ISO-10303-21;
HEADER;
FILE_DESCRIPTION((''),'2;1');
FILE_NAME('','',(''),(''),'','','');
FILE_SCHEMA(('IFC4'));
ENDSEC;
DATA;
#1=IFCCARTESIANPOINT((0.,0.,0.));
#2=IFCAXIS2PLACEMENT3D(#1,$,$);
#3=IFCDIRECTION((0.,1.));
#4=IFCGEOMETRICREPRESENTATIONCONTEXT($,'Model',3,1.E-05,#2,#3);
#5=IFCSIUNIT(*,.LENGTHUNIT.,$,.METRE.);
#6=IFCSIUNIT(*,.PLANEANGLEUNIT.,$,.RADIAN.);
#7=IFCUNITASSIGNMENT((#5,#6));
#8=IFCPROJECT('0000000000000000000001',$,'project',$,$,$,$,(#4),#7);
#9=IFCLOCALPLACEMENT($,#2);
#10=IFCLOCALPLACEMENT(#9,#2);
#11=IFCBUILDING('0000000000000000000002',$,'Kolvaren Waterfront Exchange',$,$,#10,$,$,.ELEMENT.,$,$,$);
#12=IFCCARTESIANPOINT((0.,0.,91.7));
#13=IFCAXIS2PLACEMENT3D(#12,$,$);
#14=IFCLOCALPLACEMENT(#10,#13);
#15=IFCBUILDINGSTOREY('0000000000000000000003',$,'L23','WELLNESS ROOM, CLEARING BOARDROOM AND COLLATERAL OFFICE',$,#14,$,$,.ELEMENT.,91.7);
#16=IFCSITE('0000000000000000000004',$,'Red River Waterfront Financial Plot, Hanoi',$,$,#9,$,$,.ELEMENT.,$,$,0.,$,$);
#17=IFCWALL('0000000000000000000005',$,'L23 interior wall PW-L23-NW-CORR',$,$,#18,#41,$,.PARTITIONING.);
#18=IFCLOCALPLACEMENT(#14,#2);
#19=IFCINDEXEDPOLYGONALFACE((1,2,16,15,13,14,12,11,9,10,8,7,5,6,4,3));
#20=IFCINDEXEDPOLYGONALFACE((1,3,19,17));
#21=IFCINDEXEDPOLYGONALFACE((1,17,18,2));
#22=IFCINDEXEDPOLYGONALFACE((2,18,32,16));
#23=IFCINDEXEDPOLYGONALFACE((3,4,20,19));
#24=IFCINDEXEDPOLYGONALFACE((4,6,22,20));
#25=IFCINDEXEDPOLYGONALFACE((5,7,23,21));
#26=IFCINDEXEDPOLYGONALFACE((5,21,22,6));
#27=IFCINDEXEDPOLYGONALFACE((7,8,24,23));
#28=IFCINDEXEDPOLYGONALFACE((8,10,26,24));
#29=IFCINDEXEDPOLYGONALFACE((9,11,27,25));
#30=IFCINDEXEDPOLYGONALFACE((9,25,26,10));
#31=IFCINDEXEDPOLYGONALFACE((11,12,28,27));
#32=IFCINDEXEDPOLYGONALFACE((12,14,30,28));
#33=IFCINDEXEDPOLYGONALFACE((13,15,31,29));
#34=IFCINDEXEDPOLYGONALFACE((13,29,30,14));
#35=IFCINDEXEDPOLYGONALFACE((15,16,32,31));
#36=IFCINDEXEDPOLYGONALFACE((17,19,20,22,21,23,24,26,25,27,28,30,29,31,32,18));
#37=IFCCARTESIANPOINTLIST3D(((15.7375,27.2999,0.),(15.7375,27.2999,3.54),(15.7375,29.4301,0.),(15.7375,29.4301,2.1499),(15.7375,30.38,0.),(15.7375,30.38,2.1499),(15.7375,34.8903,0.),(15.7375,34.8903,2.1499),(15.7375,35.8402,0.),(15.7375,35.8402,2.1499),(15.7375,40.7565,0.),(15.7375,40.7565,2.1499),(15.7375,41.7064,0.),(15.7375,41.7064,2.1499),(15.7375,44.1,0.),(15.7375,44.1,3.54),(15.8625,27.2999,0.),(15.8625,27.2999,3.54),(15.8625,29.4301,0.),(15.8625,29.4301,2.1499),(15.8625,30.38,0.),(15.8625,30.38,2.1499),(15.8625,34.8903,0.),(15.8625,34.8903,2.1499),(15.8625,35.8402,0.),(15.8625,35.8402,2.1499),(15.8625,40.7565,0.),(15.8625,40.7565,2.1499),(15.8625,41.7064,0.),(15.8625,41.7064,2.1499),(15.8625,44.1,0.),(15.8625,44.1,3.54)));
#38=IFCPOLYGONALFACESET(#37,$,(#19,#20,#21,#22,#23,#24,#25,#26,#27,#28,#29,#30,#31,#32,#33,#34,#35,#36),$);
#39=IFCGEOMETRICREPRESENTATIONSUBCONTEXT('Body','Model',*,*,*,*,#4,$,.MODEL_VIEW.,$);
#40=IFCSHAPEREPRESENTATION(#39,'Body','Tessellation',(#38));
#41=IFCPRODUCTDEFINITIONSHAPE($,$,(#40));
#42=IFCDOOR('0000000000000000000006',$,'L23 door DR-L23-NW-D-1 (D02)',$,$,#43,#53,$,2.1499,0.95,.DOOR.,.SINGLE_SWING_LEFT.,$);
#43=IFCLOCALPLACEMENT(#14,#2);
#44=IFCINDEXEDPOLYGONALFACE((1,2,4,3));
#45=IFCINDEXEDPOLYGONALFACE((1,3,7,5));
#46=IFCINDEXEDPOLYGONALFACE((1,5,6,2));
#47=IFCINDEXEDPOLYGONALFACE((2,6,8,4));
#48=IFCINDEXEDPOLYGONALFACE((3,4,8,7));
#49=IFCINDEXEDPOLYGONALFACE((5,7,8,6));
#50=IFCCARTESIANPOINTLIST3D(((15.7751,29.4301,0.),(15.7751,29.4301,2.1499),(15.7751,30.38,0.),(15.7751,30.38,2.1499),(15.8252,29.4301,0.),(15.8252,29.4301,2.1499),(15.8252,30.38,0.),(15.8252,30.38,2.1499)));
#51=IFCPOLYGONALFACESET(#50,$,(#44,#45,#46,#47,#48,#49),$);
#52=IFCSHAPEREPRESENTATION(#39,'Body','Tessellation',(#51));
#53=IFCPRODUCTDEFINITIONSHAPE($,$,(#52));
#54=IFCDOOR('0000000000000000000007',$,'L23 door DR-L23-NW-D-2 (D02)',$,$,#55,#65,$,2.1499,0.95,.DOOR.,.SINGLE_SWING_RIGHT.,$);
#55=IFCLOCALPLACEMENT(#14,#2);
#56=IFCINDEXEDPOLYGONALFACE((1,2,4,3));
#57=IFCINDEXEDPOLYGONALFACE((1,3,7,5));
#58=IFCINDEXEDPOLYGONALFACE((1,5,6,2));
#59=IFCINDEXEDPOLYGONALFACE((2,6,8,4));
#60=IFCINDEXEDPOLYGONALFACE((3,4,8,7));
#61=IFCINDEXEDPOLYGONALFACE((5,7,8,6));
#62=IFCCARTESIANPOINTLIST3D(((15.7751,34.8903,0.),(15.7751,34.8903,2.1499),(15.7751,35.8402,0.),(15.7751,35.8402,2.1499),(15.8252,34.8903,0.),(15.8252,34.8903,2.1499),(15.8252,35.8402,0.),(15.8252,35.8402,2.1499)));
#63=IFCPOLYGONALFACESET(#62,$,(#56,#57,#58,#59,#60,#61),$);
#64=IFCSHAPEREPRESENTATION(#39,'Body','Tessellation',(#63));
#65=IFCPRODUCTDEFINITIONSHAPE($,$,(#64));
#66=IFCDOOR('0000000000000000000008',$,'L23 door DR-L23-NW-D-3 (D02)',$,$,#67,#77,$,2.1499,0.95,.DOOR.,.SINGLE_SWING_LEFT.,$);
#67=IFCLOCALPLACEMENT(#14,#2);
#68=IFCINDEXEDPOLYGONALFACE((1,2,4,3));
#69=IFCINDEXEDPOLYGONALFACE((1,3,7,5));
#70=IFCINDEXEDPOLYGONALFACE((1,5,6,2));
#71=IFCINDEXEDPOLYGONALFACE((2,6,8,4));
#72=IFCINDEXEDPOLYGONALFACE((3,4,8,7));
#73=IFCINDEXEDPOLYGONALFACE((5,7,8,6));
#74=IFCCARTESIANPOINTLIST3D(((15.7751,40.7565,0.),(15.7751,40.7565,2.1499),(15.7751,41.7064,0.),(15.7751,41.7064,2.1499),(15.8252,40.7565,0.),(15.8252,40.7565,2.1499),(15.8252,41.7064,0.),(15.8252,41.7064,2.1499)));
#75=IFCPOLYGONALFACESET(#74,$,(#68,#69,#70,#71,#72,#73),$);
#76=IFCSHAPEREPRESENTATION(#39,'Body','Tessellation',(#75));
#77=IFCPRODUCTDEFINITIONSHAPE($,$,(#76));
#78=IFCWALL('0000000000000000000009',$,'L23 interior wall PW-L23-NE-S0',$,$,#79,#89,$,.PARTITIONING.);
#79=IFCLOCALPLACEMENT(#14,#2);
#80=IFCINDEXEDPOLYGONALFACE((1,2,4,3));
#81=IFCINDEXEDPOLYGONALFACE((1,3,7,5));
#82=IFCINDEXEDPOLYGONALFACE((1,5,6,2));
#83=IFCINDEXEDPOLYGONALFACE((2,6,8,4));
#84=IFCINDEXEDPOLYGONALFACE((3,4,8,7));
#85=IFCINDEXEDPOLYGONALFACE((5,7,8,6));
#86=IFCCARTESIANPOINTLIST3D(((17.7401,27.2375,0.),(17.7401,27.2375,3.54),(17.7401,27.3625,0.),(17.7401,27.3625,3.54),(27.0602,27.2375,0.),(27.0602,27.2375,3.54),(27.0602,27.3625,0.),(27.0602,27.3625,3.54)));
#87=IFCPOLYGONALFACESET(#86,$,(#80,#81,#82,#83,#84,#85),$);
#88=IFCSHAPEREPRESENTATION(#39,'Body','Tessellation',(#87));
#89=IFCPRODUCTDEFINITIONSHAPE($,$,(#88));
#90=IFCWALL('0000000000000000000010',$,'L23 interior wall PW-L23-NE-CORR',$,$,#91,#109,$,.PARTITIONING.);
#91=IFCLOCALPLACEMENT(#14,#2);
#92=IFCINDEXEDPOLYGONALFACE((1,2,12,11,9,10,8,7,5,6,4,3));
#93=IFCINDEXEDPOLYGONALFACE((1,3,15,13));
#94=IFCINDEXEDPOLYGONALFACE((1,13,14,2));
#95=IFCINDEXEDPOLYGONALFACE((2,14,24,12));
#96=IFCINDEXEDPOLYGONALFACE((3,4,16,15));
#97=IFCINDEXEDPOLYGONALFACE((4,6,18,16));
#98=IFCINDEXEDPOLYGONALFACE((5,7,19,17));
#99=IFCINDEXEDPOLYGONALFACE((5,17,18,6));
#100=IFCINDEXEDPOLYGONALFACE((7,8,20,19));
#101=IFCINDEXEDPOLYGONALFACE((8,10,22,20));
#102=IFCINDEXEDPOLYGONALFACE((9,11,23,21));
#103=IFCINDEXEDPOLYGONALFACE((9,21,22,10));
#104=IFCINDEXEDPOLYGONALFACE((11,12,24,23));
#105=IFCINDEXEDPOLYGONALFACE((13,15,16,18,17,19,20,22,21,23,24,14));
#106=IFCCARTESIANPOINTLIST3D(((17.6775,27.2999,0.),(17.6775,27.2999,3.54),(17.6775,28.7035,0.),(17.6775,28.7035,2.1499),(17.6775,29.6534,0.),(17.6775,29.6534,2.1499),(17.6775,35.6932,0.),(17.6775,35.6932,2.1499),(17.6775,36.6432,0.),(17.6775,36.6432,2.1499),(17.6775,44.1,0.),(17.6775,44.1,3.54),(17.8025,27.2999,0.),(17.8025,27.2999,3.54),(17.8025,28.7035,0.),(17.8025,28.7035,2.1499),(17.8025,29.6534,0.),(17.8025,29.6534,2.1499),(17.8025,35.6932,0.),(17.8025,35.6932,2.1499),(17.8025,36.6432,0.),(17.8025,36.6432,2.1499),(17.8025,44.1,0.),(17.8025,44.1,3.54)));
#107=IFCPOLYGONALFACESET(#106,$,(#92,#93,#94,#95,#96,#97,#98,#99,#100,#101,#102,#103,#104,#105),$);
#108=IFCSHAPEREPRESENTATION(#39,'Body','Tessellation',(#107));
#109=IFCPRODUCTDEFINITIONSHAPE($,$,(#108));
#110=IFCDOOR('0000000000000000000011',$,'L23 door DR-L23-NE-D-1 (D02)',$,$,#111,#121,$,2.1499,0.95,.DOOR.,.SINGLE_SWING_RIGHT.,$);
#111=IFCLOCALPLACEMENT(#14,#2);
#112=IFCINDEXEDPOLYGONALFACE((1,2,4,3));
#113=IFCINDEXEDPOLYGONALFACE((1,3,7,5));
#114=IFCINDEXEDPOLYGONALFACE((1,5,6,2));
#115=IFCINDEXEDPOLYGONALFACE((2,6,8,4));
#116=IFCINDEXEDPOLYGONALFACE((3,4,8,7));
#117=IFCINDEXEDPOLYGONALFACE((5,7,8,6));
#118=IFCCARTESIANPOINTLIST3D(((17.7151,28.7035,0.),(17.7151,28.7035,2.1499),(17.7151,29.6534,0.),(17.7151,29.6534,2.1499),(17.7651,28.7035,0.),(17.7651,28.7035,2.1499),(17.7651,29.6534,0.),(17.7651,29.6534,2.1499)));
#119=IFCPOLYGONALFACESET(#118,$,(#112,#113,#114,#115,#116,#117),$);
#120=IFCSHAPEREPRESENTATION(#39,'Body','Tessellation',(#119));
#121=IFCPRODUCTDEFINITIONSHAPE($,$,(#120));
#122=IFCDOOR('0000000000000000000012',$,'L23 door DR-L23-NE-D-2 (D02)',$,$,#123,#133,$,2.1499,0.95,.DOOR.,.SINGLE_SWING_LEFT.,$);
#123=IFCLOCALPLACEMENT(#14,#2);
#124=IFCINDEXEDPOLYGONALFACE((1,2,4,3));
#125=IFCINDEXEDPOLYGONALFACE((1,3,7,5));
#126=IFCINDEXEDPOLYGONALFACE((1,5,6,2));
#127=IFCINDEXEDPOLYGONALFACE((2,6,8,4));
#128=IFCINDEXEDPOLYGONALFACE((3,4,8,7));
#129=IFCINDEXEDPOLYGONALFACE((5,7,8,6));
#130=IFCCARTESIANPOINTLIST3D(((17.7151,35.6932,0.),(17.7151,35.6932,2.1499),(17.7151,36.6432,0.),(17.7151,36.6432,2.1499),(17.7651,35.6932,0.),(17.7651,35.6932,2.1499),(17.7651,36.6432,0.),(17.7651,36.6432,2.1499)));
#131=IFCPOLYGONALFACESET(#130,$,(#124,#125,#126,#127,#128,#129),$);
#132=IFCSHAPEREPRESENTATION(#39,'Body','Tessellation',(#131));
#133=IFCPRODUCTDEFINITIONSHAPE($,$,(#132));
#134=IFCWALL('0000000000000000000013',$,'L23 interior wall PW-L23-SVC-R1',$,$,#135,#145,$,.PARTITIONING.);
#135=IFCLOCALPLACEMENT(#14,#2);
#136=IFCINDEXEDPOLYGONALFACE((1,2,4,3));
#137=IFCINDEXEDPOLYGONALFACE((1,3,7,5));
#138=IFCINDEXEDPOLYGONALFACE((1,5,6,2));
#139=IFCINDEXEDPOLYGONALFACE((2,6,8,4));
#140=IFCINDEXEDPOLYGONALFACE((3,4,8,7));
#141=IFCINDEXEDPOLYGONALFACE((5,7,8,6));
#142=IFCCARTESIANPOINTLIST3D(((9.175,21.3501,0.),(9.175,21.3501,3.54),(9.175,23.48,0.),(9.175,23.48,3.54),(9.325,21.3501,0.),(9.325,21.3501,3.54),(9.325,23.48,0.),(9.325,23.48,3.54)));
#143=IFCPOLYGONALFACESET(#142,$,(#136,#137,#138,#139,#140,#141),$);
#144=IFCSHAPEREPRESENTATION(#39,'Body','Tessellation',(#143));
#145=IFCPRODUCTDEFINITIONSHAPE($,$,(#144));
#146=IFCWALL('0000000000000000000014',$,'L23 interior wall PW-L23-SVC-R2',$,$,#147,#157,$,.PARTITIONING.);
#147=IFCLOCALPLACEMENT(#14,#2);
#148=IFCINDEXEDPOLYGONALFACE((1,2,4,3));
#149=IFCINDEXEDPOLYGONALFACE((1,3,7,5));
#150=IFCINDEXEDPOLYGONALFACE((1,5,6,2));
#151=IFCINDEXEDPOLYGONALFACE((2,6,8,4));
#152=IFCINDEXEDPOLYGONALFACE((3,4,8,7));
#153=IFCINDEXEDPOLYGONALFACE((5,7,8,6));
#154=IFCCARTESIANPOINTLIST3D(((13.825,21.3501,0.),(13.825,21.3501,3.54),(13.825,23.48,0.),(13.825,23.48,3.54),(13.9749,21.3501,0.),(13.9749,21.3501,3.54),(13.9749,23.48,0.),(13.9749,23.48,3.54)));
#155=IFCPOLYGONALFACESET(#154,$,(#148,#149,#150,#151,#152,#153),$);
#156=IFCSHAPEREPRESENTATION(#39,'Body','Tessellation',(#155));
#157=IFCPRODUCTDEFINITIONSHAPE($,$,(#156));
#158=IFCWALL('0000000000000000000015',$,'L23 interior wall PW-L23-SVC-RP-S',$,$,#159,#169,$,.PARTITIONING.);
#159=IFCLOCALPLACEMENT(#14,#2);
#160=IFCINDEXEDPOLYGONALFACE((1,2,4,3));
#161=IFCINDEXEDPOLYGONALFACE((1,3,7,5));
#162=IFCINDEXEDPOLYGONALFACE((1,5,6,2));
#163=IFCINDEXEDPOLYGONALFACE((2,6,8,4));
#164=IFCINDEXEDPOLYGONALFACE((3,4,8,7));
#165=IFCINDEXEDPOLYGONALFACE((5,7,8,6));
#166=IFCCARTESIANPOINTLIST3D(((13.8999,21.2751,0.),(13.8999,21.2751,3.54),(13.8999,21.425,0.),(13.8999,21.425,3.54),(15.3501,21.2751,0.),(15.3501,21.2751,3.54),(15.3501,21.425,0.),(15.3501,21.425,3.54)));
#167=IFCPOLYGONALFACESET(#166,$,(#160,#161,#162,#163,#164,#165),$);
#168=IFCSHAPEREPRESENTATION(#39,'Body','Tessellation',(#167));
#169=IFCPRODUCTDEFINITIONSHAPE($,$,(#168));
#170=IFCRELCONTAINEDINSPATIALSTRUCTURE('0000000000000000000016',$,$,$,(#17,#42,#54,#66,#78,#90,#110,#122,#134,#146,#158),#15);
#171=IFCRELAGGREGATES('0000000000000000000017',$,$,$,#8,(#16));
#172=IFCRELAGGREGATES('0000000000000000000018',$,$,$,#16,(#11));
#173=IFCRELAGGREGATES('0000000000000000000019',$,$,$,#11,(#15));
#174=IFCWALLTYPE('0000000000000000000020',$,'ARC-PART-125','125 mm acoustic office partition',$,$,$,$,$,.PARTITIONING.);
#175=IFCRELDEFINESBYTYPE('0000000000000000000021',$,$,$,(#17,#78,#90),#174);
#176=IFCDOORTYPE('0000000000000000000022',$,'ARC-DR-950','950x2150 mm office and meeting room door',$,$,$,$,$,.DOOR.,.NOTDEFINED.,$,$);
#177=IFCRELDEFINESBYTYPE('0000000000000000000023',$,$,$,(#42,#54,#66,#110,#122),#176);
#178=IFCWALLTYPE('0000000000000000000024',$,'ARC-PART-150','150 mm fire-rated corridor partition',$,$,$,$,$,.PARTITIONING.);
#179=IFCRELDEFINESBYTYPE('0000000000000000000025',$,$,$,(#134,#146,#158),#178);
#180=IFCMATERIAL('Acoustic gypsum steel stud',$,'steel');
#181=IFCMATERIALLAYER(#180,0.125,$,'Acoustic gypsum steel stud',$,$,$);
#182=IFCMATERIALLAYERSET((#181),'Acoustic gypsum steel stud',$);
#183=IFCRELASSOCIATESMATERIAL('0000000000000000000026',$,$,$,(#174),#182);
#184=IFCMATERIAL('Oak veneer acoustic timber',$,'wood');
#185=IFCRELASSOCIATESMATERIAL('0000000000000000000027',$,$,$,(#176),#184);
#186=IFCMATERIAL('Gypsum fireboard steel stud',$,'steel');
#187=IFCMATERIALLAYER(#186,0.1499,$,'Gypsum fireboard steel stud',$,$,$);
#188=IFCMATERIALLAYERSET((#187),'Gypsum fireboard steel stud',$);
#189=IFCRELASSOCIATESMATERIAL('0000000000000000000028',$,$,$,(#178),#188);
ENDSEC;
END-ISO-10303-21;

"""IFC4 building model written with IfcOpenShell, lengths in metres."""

from ifc_helpers import new_model, si_unit, direction, frame, frame_2d, origin, place, context, subcontext, project, spatial, rectangle, extrude, material, layer, layer_set, type_object, element, fill, save


model = new_model("IFC4")

# Units and contexts
model_context = context("Model", 3, precision=1e-05, world=origin(), true_north=direction((0.0, 1.0)))
body_context = subcontext(model_context, "Body", "Model", "MODEL_VIEW")
ifc_project = project(units=[si_unit("LENGTHUNIT", "METRE"), si_unit("PLANEANGLEUNIT", "RADIAN")], contexts=[model_context])

# Site, building, storey
site_placement = place(None, origin())
site = spatial("IfcSite", under=ifc_project, at=site_placement, Name="Red River Waterfront Financial Plot, Hanoi", CompositionType="ELEMENT", RefElevation=0.0)
building_placement = place(site_placement, origin())
building = spatial("IfcBuilding", under=site, at=building_placement, Name="Kolvaren Waterfront Exchange", CompositionType="ELEMENT")
storey_placement = place(building_placement, frame((0.0, 0.0, 91.7)))
storey = spatial("IfcBuildingStorey", under=building, at=storey_placement, Name="L23", Description="WELLNESS ROOM, CLEARING BOARDROOM AND COLLATERAL OFFICE", CompositionType="ELEMENT", Elevation=91.7)

# Shared definitions
ifc_material_1 = material(Name="Acoustic gypsum steel stud", Category="steel")
ifc_layer_1 = layer(ifc_material_1, 0.125, Name="Acoustic gypsum steel stud")
ifc_layer_set_1 = layer_set([ifc_layer_1], Name="Acoustic gypsum steel stud")
wall_type_1 = type_object("IfcWallType", Name="ARC-PART-125", Description="125 mm acoustic office partition", PredefinedType="PARTITIONING", material=ifc_layer_set_1)
ifc_material_2 = material(Name="Oak veneer acoustic timber", Category="wood")
door_type = type_object("IfcDoorType", Name="ARC-DR-950", Description="950x2150 mm office and meeting room door", OperationType="NOTDEFINED", PredefinedType="DOOR", material=ifc_material_2)

# Wall, openings, doors
wall_1_placement = place(storey_placement, frame((15.8, 27.3, 0.0), z_axis=(0.0, 0.0, 1.0), x_axis=(0.0, 1.0, 0.0)))
wall_1 = element("IfcWall", 1, at=wall_1_placement, inside=storey, type_object=wall_type_1, Name="L23 interior wall PW-L23-NW-CORR", PredefinedType="PARTITIONING", context=body_context, shape_type="SweptSolid", body=[
    extrude(rectangle(XDim=16.8, YDim=0.125, at=frame_2d((8.3999, 0.0))), origin(), (0.0, 0.0, 1.0), 3.54),
])
opening_1_placement = place(wall_1_placement, frame((2.1299, 0.0, 0.0)))
opening_1 = element("IfcOpeningElement", 2, at=opening_1_placement, cuts=wall_1, PredefinedType="OPENING", context=body_context, shape_type="SweptSolid", body=[
    extrude(rectangle(XDim=0.95, YDim=2.1499, at=frame_2d((0.4751, 1.075))), frame((0.0, 0.0725, 0.0), z_axis=(0.0, -1.0, 0.0), x_axis=(1.0, 0.0, 0.0)), (0.0, 0.0, 1.0), 0.145),
])
opening_2_placement = place(wall_1_placement, frame((7.5901, 0.0, 0.0)))
opening_2 = element("IfcOpeningElement", 3, at=opening_2_placement, cuts=wall_1, PredefinedType="OPENING", context=body_context, shape_type="SweptSolid", body=[
    extrude(rectangle(XDim=0.95, YDim=2.1499, at=frame_2d((0.4751, 1.075))), frame((0.0, 0.0725, 0.0), z_axis=(0.0, -1.0, 0.0), x_axis=(1.0, 0.0, 0.0)), (0.0, 0.0, 1.0), 0.145),
])
opening_3_placement = place(wall_1_placement, frame((13.4563, 0.0, 0.0)))
opening_3 = element("IfcOpeningElement", 4, at=opening_3_placement, cuts=wall_1, PredefinedType="OPENING", context=body_context, shape_type="SweptSolid", body=[
    extrude(rectangle(XDim=0.95, YDim=2.1499, at=frame_2d((0.4751, 1.075))), frame((0.0, 0.0725, 0.0), z_axis=(0.0, -1.0, 0.0), x_axis=(1.0, 0.0, 0.0)), (0.0, 0.0, 1.0), 0.145),
])
door_1_placement = place(opening_1_placement, origin())
door_1 = element("IfcDoor", 5, at=door_1_placement, inside=storey, type_object=door_type, Name="L23 door DR-L23-NW-D-1 (D02)", OperationType="SINGLE_SWING_LEFT", OverallHeight=2.1499, OverallWidth=0.95, PredefinedType="DOOR", context=body_context, shape_type="SweptSolid", body=[
    extrude(rectangle(XDim=0.95, YDim=2.1499, at=frame_2d((0.4751, 1.075))), frame((0.0, 0.0249, 0.0), z_axis=(0.0, -1.0, 0.0), x_axis=(1.0, 0.0, 0.0)), (0.0, 0.0, 1.0), 0.05),
])
fill(opening_1, door_1)
door_2_placement = place(opening_2_placement, origin())
door_2 = element("IfcDoor", 6, at=door_2_placement, inside=storey, type_object=door_type, Name="L23 door DR-L23-NW-D-2 (D02)", OperationType="SINGLE_SWING_RIGHT", OverallHeight=2.1499, OverallWidth=0.95, PredefinedType="DOOR", context=body_context, shape_type="SweptSolid", body=[
    extrude(rectangle(XDim=0.95, YDim=2.1499, at=frame_2d((0.4751, 1.075))), frame((0.0, 0.0249, 0.0), z_axis=(0.0, -1.0, 0.0), x_axis=(1.0, 0.0, 0.0)), (0.0, 0.0, 1.0), 0.05),
])
fill(opening_2, door_2)
door_3_placement = place(opening_3_placement, origin())
door_3 = element("IfcDoor", 7, at=door_3_placement, inside=storey, type_object=door_type, Name="L23 door DR-L23-NW-D-3 (D02)", OperationType="SINGLE_SWING_LEFT", OverallHeight=2.1499, OverallWidth=0.95, PredefinedType="DOOR", context=body_context, shape_type="SweptSolid", body=[
    extrude(rectangle(XDim=0.95, YDim=2.1499, at=frame_2d((0.4751, 1.075))), frame((0.0, 0.0249, 0.0), z_axis=(0.0, -1.0, 0.0), x_axis=(1.0, 0.0, 0.0)), (0.0, 0.0, 1.0), 0.05),
])
fill(opening_3, door_3)

# Wall
wall_2_placement = place(storey_placement, frame((17.74, 27.3, 0.0), z_axis=(0.0, 0.0, 1.0), x_axis=(1.0, 0.0, 0.0)))
element("IfcWall", 8, at=wall_2_placement, inside=storey, type_object=wall_type_1, Name="L23 interior wall PW-L23-NE-S0", PredefinedType="PARTITIONING", context=body_context, shape_type="SweptSolid", body=[
    extrude(rectangle(XDim=9.3201, YDim=0.125, at=frame_2d((4.6602, 0.0))), origin(), (0.0, 0.0, 1.0), 3.54),
])

# Wall, openings, doors
wall_3_placement = place(storey_placement, frame((17.74, 27.3, 0.0), z_axis=(0.0, 0.0, 1.0), x_axis=(0.0, 1.0, 0.0)))
wall_3 = element("IfcWall", 9, at=wall_3_placement, inside=storey, type_object=wall_type_1, Name="L23 interior wall PW-L23-NE-CORR", PredefinedType="PARTITIONING", context=body_context, shape_type="SweptSolid", body=[
    extrude(rectangle(XDim=16.8, YDim=0.125, at=frame_2d((8.3999, 0.0))), origin(), (0.0, 0.0, 1.0), 3.54),
])
opening_4_placement = place(wall_3_placement, frame((1.4033, 0.0, 0.0)))
opening_4 = element("IfcOpeningElement", 10, at=opening_4_placement, cuts=wall_3, PredefinedType="OPENING", context=body_context, shape_type="SweptSolid", body=[
    extrude(rectangle(XDim=0.95, YDim=2.1499, at=frame_2d((0.4751, 1.075))), frame((0.0, 0.0725, 0.0), z_axis=(0.0, -1.0, 0.0), x_axis=(1.0, 0.0, 0.0)), (0.0, 0.0, 1.0), 0.145),
])
opening_5_placement = place(wall_3_placement, frame((8.3931, 0.0, 0.0)))
opening_5 = element("IfcOpeningElement", 11, at=opening_5_placement, cuts=wall_3, PredefinedType="OPENING", context=body_context, shape_type="SweptSolid", body=[
    extrude(rectangle(XDim=0.95, YDim=2.1499, at=frame_2d((0.4751, 1.075))), frame((0.0, 0.0725, 0.0), z_axis=(0.0, -1.0, 0.0), x_axis=(1.0, 0.0, 0.0)), (0.0, 0.0, 1.0), 0.145),
])
door_4_placement = place(opening_4_placement, origin())
door_4 = element("IfcDoor", 12, at=door_4_placement, inside=storey, type_object=door_type, Name="L23 door DR-L23-NE-D-1 (D02)", OperationType="SINGLE_SWING_RIGHT", OverallHeight=2.1499, OverallWidth=0.95, PredefinedType="DOOR", context=body_context, shape_type="SweptSolid", body=[
    extrude(rectangle(XDim=0.95, YDim=2.1499, at=frame_2d((0.4751, 1.075))), frame((0.0, 0.0249, 0.0), z_axis=(0.0, -1.0, 0.0), x_axis=(1.0, 0.0, 0.0)), (0.0, 0.0, 1.0), 0.05),
])
fill(opening_4, door_4)
door_5_placement = place(opening_5_placement, origin())
door_5 = element("IfcDoor", 13, at=door_5_placement, inside=storey, type_object=door_type, Name="L23 door DR-L23-NE-D-2 (D02)", OperationType="SINGLE_SWING_LEFT", OverallHeight=2.1499, OverallWidth=0.95, PredefinedType="DOOR", context=body_context, shape_type="SweptSolid", body=[
    extrude(rectangle(XDim=0.95, YDim=2.1499, at=frame_2d((0.4751, 1.075))), frame((0.0, 0.0249, 0.0), z_axis=(0.0, -1.0, 0.0), x_axis=(1.0, 0.0, 0.0)), (0.0, 0.0, 1.0), 0.05),
])
fill(opening_5, door_5)

# Walls
ifc_material_3 = material(Name="Gypsum fireboard steel stud", Category="steel")
ifc_layer_2 = layer(ifc_material_3, 0.1499, Name="Gypsum fireboard steel stud")
ifc_layer_set_2 = layer_set([ifc_layer_2], Name="Gypsum fireboard steel stud")
wall_type_2 = type_object("IfcWallType", Name="ARC-PART-150", Description="150 mm fire-rated corridor partition", PredefinedType="PARTITIONING", material=ifc_layer_set_2)
for number, where, z_axis, x_axis, name in (
    (14, (9.25, 21.3501, 0.0), (0.0, 0.0, 1.0), (0.0, 1.0, 0.0), "L23 interior wall PW-L23-SVC-R1"),
    (15, (13.8999, 21.3501, 0.0), (0.0, 0.0, 1.0), (0.0, 1.0, 0.0), "L23 interior wall PW-L23-SVC-R2"),
):
    element("IfcWall", number, at=place(storey_placement, frame(where, z_axis=z_axis, x_axis=x_axis)), inside=storey, type_object=wall_type_2, Name=name, PredefinedType="PARTITIONING", context=body_context, shape_type="SweptSolid", body=[
        extrude(rectangle(XDim=2.1299, YDim=0.1499, at=frame_2d((1.0649, 0.0))), origin(), (0.0, 0.0, 1.0), 3.54),
    ])
wall_4_placement = place(storey_placement, frame((13.8999, 21.3501, 0.0), z_axis=(0.0, 0.0, 1.0), x_axis=(1.0, 0.0, 0.0)))
element("IfcWall", 16, at=wall_4_placement, inside=storey, type_object=wall_type_2, Name="L23 interior wall PW-L23-SVC-RP-S", PredefinedType="PARTITIONING", context=body_context, shape_type="SweptSolid", body=[
    extrude(rectangle(XDim=1.4502, YDim=0.1499, at=frame_2d((0.7251, 0.0))), origin(), (0.0, 0.0, 1.0), 3.54),
])

save(model, "model.ifc")
